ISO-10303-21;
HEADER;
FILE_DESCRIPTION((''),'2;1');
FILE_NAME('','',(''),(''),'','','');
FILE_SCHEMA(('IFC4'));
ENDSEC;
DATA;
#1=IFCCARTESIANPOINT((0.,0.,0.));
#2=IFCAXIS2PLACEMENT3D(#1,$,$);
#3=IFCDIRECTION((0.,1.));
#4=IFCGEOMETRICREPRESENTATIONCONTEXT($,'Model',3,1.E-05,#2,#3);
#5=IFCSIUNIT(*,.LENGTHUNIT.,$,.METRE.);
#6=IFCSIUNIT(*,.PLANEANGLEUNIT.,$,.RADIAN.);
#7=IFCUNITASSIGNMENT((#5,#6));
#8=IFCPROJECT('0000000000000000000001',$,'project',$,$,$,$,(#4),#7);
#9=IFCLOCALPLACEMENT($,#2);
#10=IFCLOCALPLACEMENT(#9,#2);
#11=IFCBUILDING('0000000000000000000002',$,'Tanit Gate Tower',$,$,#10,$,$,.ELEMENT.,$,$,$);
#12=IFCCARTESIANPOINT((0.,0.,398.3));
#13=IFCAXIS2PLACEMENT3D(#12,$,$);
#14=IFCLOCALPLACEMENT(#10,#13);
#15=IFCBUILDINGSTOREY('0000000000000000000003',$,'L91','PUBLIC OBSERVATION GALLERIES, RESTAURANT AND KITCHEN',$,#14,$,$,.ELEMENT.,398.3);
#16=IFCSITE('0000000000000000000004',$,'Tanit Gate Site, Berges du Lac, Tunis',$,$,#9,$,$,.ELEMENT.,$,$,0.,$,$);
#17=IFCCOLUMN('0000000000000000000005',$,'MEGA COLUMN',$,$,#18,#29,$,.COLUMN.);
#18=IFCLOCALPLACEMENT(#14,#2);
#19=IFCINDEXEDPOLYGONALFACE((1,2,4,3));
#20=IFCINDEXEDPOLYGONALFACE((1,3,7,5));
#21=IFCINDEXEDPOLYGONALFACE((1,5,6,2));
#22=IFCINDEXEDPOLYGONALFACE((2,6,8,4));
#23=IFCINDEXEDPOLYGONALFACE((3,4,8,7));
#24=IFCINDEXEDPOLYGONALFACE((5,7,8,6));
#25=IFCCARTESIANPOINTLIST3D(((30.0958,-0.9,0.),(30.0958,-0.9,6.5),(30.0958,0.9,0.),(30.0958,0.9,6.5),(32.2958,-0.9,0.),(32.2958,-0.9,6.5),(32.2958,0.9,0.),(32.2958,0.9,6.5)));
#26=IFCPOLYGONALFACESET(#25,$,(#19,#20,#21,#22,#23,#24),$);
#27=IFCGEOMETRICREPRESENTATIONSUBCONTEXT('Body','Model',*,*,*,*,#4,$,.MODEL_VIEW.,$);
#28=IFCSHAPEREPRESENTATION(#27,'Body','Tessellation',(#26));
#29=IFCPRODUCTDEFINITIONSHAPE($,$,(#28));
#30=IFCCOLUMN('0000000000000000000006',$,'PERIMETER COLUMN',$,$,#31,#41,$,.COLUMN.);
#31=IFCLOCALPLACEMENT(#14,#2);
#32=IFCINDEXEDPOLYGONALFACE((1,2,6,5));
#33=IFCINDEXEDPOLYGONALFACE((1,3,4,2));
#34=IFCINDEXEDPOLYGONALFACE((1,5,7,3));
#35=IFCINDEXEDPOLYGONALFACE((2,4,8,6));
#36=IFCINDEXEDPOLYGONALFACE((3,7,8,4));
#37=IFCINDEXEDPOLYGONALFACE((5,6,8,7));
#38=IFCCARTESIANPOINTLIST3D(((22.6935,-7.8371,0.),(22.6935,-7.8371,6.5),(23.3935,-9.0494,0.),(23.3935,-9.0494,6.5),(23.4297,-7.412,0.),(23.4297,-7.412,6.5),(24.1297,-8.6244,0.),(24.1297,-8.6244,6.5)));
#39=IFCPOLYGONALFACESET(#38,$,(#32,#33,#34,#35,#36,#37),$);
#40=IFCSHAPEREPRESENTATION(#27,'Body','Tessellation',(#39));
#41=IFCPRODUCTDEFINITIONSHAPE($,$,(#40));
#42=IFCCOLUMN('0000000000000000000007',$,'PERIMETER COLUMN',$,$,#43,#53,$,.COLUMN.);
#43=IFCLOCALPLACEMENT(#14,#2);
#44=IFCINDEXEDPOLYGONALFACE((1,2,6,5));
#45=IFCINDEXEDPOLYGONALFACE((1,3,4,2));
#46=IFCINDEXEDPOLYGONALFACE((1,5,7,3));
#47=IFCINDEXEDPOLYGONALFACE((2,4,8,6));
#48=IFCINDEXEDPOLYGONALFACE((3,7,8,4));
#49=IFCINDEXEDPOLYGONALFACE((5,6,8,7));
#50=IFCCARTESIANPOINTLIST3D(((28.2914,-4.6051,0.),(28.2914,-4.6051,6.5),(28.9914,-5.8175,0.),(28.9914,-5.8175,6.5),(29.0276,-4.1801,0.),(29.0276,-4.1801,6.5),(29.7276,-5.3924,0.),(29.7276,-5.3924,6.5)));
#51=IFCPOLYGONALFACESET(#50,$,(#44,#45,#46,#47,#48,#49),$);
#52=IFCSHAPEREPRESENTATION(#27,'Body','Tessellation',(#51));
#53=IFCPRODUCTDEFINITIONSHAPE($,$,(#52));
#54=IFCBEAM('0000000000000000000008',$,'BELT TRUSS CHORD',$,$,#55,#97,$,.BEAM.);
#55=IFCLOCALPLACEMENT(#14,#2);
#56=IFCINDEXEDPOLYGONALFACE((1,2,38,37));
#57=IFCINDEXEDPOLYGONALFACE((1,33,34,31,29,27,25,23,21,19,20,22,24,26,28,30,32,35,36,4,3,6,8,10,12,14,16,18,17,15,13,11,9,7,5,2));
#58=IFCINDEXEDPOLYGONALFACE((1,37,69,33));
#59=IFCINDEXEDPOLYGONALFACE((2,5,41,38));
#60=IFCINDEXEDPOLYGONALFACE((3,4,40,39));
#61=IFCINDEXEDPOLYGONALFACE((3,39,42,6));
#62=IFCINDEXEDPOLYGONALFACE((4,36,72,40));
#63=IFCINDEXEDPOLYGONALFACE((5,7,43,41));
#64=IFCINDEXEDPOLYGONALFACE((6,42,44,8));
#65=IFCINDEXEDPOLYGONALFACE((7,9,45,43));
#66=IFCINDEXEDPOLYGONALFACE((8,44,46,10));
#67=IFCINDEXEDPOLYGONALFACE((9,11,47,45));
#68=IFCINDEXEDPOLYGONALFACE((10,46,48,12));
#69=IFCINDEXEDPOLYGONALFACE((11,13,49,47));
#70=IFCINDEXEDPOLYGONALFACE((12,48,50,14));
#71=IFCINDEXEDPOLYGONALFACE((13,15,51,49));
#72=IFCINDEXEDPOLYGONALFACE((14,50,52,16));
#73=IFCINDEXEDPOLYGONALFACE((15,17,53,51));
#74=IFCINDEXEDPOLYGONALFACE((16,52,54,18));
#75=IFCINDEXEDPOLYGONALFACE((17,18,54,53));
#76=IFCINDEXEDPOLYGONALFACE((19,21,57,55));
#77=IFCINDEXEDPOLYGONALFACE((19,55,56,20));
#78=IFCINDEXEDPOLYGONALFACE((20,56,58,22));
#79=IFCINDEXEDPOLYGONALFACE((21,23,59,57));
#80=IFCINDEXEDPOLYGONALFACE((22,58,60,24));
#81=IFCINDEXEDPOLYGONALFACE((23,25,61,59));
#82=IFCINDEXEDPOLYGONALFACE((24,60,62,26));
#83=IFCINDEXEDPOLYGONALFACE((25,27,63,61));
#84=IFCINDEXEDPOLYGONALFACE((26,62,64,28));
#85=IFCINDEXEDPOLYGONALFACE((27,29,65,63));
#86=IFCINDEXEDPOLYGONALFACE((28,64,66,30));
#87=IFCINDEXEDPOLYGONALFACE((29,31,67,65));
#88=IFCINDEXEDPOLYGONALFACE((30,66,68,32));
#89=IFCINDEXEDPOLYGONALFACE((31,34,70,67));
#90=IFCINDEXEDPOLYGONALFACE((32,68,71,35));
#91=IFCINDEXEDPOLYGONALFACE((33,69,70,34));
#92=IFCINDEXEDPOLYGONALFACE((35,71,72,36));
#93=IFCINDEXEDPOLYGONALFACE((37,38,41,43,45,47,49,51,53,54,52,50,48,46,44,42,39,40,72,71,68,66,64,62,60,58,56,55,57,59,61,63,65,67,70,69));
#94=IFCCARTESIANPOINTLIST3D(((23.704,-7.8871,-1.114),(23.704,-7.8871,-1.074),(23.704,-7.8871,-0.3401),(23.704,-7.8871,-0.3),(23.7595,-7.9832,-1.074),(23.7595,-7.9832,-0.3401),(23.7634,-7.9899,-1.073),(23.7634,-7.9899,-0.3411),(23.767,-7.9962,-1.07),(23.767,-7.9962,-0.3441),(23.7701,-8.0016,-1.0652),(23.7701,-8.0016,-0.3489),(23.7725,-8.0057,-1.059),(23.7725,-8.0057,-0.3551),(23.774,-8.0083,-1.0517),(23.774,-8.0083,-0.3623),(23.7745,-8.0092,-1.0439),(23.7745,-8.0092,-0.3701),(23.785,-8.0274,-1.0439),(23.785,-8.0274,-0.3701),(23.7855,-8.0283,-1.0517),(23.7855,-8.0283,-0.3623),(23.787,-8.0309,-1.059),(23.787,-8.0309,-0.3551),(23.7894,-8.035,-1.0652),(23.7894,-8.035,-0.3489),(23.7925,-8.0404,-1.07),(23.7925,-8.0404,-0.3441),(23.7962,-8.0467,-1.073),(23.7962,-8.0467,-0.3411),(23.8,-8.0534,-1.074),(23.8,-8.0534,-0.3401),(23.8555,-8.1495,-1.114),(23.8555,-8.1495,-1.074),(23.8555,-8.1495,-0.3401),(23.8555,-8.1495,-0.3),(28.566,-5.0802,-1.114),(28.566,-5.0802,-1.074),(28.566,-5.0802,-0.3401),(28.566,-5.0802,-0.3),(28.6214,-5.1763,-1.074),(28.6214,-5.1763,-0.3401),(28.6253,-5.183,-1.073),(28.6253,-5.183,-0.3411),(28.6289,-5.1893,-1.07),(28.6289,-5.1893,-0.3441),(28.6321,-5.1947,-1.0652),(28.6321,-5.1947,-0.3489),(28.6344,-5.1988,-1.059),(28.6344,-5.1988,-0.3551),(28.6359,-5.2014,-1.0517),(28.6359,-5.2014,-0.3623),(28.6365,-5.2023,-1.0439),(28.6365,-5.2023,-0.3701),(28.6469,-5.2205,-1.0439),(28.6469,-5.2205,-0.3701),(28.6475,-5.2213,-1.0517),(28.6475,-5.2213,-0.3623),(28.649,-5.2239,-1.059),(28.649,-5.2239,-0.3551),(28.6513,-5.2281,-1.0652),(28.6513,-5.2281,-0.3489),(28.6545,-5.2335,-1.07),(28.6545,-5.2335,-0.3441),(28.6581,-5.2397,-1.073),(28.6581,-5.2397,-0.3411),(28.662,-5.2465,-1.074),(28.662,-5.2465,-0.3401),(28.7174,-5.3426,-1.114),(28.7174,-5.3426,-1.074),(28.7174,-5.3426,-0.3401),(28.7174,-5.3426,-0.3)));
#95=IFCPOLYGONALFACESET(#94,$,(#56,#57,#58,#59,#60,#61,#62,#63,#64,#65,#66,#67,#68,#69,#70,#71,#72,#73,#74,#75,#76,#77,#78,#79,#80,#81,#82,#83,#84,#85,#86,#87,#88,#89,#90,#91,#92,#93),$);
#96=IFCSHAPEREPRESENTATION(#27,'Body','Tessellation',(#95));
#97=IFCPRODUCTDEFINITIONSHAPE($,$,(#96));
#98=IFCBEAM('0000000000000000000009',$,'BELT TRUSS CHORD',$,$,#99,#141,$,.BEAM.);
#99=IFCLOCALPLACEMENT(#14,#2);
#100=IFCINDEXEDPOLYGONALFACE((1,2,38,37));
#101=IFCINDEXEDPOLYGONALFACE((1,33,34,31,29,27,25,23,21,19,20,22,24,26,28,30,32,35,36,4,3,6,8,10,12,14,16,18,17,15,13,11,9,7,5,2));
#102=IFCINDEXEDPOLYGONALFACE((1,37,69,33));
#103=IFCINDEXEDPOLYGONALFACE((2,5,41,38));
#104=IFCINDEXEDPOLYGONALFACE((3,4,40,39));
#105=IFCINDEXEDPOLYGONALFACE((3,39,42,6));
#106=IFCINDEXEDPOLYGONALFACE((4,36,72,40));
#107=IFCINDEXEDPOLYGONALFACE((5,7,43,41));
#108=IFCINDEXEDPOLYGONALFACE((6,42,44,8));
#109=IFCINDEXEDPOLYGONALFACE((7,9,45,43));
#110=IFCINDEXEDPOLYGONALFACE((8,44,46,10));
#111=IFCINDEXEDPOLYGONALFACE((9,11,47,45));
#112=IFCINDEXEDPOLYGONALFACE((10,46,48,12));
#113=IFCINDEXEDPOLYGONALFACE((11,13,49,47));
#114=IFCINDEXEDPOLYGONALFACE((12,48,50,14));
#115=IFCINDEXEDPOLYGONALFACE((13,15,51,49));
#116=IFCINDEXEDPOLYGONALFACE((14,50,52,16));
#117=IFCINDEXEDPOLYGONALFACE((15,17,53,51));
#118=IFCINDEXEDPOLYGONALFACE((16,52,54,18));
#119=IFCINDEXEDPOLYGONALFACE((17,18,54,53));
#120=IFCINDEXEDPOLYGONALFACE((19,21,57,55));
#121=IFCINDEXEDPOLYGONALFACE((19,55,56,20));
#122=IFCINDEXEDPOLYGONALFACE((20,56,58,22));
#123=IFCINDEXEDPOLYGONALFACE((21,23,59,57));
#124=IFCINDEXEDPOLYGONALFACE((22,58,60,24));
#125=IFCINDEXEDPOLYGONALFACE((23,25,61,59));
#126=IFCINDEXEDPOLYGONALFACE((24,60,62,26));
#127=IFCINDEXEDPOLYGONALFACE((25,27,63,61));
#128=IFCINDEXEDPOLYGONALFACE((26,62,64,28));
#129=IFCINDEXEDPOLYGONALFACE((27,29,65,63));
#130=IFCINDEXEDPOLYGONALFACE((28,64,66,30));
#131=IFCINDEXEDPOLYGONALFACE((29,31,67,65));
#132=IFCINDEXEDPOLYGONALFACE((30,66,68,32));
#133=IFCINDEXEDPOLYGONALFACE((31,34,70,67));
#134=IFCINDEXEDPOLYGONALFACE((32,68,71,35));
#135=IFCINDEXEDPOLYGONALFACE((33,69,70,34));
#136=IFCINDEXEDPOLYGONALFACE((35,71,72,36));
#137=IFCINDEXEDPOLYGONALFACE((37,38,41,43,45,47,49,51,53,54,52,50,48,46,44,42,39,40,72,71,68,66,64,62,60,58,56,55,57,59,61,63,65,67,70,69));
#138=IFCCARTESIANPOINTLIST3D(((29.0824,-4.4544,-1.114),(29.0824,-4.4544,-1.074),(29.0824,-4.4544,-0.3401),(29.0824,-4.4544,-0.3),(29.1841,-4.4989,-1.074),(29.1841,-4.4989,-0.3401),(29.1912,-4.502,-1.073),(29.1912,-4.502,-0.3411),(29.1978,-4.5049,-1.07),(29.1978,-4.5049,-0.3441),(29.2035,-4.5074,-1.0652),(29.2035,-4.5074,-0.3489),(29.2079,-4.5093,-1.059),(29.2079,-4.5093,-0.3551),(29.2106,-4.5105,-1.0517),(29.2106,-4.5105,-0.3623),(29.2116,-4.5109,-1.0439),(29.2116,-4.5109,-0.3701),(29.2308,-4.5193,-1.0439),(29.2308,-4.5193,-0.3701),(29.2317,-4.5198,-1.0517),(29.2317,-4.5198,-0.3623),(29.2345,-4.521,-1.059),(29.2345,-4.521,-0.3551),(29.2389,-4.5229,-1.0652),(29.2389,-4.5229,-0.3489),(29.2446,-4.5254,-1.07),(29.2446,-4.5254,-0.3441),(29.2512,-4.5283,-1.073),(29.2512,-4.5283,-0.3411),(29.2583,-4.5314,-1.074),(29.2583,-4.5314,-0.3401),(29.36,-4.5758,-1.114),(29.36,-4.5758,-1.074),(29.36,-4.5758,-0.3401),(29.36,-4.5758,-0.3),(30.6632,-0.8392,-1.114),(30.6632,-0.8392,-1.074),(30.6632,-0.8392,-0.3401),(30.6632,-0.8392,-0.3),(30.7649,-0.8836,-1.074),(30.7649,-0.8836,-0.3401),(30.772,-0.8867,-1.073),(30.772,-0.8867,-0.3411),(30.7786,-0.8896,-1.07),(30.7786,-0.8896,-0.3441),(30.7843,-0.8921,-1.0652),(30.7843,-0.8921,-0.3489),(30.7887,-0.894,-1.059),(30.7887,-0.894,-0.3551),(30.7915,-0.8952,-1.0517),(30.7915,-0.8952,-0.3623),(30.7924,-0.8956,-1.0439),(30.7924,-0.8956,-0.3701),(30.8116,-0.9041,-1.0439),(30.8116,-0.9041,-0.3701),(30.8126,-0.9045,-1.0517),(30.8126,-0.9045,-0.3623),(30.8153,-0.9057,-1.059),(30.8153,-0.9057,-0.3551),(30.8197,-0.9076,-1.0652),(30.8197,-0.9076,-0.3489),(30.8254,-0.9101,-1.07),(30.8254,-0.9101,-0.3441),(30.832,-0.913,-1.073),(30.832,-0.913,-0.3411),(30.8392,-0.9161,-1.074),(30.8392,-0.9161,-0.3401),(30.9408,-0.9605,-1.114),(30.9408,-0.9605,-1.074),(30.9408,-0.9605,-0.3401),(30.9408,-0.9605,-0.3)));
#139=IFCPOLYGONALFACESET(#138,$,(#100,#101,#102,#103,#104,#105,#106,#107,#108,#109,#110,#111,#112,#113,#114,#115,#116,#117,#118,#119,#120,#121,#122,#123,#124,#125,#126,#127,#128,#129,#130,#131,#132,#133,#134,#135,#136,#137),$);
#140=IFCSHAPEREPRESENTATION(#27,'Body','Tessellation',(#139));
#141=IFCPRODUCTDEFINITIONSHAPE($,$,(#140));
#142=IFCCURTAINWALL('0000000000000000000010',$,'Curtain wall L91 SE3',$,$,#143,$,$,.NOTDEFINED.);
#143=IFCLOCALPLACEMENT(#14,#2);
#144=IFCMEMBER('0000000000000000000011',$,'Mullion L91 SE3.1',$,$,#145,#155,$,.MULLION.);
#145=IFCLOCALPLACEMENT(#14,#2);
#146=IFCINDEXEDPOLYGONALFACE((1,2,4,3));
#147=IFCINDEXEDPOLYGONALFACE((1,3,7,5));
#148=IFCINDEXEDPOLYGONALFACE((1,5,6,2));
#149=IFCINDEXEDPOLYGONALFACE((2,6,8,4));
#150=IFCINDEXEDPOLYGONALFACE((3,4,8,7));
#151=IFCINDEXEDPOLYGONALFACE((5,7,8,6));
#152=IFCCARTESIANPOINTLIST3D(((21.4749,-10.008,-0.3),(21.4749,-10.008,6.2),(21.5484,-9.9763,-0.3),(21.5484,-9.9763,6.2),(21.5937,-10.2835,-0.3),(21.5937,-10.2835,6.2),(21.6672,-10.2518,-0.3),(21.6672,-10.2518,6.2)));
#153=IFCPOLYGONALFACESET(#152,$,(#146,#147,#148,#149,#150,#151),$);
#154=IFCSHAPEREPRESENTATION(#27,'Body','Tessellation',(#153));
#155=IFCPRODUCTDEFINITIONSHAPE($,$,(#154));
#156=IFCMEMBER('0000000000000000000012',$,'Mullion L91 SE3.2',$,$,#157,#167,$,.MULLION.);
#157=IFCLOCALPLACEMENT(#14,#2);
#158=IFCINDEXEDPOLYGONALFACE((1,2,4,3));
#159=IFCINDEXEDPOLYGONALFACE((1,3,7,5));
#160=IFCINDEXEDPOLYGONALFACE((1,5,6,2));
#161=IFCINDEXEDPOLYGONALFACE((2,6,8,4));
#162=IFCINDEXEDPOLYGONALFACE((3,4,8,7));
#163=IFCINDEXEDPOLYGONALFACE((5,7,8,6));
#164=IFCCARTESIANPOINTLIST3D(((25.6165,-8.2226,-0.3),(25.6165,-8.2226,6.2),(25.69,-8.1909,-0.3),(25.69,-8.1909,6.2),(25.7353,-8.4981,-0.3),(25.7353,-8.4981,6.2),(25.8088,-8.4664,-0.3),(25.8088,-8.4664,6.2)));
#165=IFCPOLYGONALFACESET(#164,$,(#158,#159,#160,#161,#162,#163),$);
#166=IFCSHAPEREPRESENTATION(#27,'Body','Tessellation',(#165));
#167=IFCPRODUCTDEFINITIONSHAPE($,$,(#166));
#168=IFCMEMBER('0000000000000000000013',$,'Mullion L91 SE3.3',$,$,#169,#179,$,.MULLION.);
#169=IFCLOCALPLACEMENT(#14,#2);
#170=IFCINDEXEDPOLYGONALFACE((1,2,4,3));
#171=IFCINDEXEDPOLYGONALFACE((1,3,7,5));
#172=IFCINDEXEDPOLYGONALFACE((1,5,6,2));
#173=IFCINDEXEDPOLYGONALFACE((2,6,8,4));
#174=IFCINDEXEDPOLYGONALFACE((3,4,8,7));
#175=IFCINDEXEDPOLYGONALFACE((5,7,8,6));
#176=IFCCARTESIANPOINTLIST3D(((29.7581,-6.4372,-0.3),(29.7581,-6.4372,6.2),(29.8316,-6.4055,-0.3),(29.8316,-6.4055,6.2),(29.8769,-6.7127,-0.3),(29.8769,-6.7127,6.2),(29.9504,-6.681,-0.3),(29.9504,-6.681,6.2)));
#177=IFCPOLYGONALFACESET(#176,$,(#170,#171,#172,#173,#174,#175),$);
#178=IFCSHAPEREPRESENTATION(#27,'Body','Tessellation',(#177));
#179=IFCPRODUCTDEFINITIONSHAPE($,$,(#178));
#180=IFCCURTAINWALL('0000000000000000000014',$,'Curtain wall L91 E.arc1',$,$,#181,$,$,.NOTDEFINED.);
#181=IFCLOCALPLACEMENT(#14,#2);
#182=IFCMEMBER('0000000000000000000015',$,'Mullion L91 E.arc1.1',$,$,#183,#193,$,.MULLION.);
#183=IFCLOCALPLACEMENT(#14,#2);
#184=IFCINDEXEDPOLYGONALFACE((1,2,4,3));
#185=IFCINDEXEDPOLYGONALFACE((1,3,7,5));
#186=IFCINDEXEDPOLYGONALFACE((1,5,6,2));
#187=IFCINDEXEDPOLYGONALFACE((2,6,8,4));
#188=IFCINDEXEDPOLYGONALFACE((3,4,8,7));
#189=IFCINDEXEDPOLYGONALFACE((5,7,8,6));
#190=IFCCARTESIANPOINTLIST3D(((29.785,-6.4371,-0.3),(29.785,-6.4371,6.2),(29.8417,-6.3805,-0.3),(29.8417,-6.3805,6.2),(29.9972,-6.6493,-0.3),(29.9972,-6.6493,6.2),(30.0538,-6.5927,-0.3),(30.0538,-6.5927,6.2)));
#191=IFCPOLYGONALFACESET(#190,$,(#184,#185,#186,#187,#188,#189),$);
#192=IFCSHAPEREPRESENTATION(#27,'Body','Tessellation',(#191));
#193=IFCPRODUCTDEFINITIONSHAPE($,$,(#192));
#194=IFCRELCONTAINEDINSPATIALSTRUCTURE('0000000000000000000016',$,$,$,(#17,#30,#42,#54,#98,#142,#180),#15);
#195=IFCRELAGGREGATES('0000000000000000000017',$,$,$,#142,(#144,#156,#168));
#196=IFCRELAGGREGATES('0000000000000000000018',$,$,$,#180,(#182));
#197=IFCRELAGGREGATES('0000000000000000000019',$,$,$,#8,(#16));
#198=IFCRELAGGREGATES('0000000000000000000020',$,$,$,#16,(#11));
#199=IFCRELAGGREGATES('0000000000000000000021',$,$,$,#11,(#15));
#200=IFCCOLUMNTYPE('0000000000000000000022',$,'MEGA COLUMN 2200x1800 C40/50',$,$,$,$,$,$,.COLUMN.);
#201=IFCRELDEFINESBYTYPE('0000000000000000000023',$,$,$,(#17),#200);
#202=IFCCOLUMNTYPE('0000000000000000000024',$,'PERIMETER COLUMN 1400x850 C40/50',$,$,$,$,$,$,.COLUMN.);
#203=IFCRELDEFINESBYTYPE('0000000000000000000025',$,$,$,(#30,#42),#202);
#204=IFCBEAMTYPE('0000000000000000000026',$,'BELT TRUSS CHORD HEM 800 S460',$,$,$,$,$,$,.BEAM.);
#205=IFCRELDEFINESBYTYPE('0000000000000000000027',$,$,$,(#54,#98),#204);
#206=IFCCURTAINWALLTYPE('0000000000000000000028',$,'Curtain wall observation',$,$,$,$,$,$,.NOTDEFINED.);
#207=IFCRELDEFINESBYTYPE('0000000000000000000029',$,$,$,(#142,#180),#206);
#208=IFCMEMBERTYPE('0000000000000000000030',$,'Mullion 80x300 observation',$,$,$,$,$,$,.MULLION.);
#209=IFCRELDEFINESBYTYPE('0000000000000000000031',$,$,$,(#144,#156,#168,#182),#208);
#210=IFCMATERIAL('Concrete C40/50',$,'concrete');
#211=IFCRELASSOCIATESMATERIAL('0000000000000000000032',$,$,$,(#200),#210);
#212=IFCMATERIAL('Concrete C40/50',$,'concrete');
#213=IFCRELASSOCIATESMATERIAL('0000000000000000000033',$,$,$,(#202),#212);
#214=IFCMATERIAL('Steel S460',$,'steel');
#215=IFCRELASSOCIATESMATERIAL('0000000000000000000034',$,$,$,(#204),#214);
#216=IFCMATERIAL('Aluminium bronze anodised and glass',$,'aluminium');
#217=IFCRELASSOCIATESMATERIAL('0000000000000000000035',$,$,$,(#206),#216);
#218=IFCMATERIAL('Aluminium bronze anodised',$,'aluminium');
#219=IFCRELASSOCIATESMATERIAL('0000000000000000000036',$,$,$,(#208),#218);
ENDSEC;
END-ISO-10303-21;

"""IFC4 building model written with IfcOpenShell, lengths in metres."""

from ifc_helpers import new_model, si_unit, direction, frame, origin, origin_2d, place, context, subcontext, project, spatial, rectangle, i_section, extrude, material, material_profile, profile_set, type_object, element, aggregate, save


model = new_model("IFC4")

# Units and contexts
model_context = context("Model", 3, precision=1e-05, world=origin(), true_north=direction((0.0, 1.0)))
body_context = subcontext(model_context, "Body", "Model", "MODEL_VIEW")
ifc_project = project(units=[si_unit("LENGTHUNIT", "METRE"), si_unit("PLANEANGLEUNIT", "RADIAN")], contexts=[model_context])

# Site, building, storey
site_placement = place(None, origin())
site = spatial("IfcSite", under=ifc_project, at=site_placement, Name="Tanit Gate Site, Berges du Lac, Tunis", CompositionType="ELEMENT", RefElevation=0.0)
building_placement = place(site_placement, origin())
building = spatial("IfcBuilding", under=site, at=building_placement, Name="Tanit Gate Tower", CompositionType="ELEMENT")
storey_placement = place(building_placement, frame((0.0, 0.0, 398.3)))
storey = spatial("IfcBuildingStorey", under=building, at=storey_placement, Name="L91", Description="PUBLIC OBSERVATION GALLERIES, RESTAURANT AND KITCHEN", CompositionType="ELEMENT", Elevation=398.3)

# Columns
ifc_material_1 = material(Name="Concrete C40/50", Category="concrete")
ifc_material_profile_1 = material_profile(ifc_material_1, rectangle(XDim=2.2, YDim=1.8, at=origin_2d()), Name="RC 2200x1800")
ifc_profile_set_1 = profile_set([ifc_material_profile_1], Name="Concrete C40/50")
column_type_1 = type_object("IfcColumnType", Name="MEGA COLUMN 2200x1800 C40/50", PredefinedType="COLUMN", material=ifc_profile_set_1)
column_placement = place(storey_placement, frame((31.1958, 0.0, 0.0), z_axis=(0.0, 0.0, 1.0), x_axis=(1.0, 0.0, 0.0)))
element("IfcColumn", 1, at=column_placement, inside=storey, type_object=column_type_1, Name="MEGA COLUMN", PredefinedType="COLUMN", context=body_context, shape_type="SweptSolid", body=[
    extrude(rectangle(XDim=2.2, YDim=1.8, at=origin_2d()), origin(), (0.0, 0.0, 1.0), 6.5),
])
ifc_material_2 = material(Name="Concrete C40/50", Category="concrete")
ifc_material_profile_2 = material_profile(ifc_material_2, rectangle(XDim=1.3999, YDim=0.8501, at=origin_2d()), Name="RC 1400x850")
ifc_profile_set_2 = profile_set([ifc_material_profile_2], Name="Concrete C40/50")
column_type_2 = type_object("IfcColumnType", Name="PERIMETER COLUMN 1400x850 C40/50", PredefinedType="COLUMN", material=ifc_profile_set_2)
for number, where, z_axis, x_axis, name in (
    (2, (23.4116, -8.2307, 0.0), (0.0, 0.0, 1.0), (0.5, -0.866025, 0.0), "PERIMETER COLUMN"),
    (3, (29.0095, -4.9988, 0.0), (0.0, 0.0, 1.0), (0.5, -0.866025, 0.0), "PERIMETER COLUMN"),
):
    element("IfcColumn", number, at=place(storey_placement, frame(where, z_axis=z_axis, x_axis=x_axis)), inside=storey, type_object=column_type_2, Name=name, PredefinedType="COLUMN", context=body_context, shape_type="SweptSolid", body=[
        extrude(rectangle(XDim=1.3999, YDim=0.8501, at=origin_2d()), origin(), (0.0, 0.0, 1.0), 6.5),
    ])

# Beams
ifc_material_3 = material(Name="Steel S460", Category="steel")
ifc_material_profile_3 = material_profile(ifc_material_3, i_section(OverallWidth=0.303, OverallDepth=0.814, WebThickness=0.021, FlangeThickness=0.04, FilletRadius=0.03, at=origin_2d()), Name="HEM 800")
ifc_profile_set_3 = profile_set([ifc_material_profile_3], Name="Steel S460")
beam_type_1 = type_object("IfcBeamType", Name="BELT TRUSS CHORD HEM 800 S460", PredefinedType="BEAM", material=ifc_profile_set_3)
beam_1_placement = place(storey_placement, frame((23.7798, -8.0183, -0.707), z_axis=(0.866032, 0.499988, 0.0), x_axis=(-0.499988, 0.866032, 0.0)))
element("IfcBeam", 4, at=beam_1_placement, inside=storey, type_object=beam_type_1, Name="BELT TRUSS CHORD", PredefinedType="BEAM", context=body_context, shape_type="SweptSolid", body=[
    extrude(i_section(OverallWidth=0.303, OverallDepth=0.814, WebThickness=0.021, FlangeThickness=0.04, FilletRadius=0.03, at=origin_2d()), origin(), (0.0, 0.0, 1.0), 5.614),
])
beam_2_placement = place(storey_placement, frame((29.2212, -4.5151, -0.707), z_axis=(0.400637, 0.916237, 0.0), x_axis=(-0.916237, 0.400637, 0.0)))
element("IfcBeam", 5, at=beam_2_placement, inside=storey, type_object=beam_type_1, Name="BELT TRUSS CHORD", PredefinedType="BEAM", context=body_context, shape_type="SweptSolid", body=[
    extrude(i_section(OverallWidth=0.303, OverallDepth=0.814, WebThickness=0.021, FlangeThickness=0.04, FilletRadius=0.03, at=origin_2d()), origin(), (0.0, 0.0, 1.0), 3.9458),
])

# Curtain walls, members
ifc_material_4 = material(Name="Aluminium bronze anodised and glass", Category="aluminium")
curtain_wall_type = type_object("IfcCurtainWallType", Name="Curtain wall observation", PredefinedType="NOTDEFINED", material=ifc_material_4)
curtain_wall_1_placement = place(storey_placement, origin())
curtain_wall_1 = element("IfcCurtainWall", 6, at=curtain_wall_1_placement, inside=storey, type_object=curtain_wall_type, Name="Curtain wall L91 SE3", PredefinedType="NOTDEFINED")
ifc_material_5 = material(Name="Aluminium bronze anodised", Category="aluminium")
ifc_material_profile_4 = material_profile(ifc_material_5, rectangle(XDim=0.3, YDim=0.0801, at=origin_2d()), Name="80x300 bronze mullion")
ifc_profile_set_4 = profile_set([ifc_material_profile_4], Name="Aluminium bronze anodised")
member_type_1 = type_object("IfcMemberType", Name="Mullion 80x300 observation", PredefinedType="MULLION", material=ifc_profile_set_4)
member_1_placement = place(storey_placement, frame((21.571, -10.1299, -0.3), z_axis=(0.0, 0.0, 1.0), x_axis=(-0.395871, 0.918306, 0.0)))
member_1 = element("IfcMember", 7, at=member_1_placement, type_object=member_type_1, Name="Mullion L91 SE3.1", PredefinedType="MULLION", context=body_context, shape_type="SweptSolid", body=[
    extrude(rectangle(XDim=0.3, YDim=0.0801, at=origin_2d()), origin(), (0.0, 0.0, 1.0), 6.5),
])
member_2_placement = place(storey_placement, frame((25.7126, -8.3445, -0.3), z_axis=(0.0, 0.0, 1.0), x_axis=(-0.395871, 0.918306, 0.0)))
member_2 = element("IfcMember", 8, at=member_2_placement, type_object=member_type_1, Name="Mullion L91 SE3.2", PredefinedType="MULLION", context=body_context, shape_type="SweptSolid", body=[
    extrude(rectangle(XDim=0.3, YDim=0.0801, at=origin_2d()), origin(), (0.0, 0.0, 1.0), 6.5),
])
member_3_placement = place(storey_placement, frame((29.8542, -6.5591, -0.3), z_axis=(0.0, 0.0, 1.0), x_axis=(-0.395871, 0.918306, 0.0)))
member_3 = element("IfcMember", 9, at=member_3_placement, type_object=member_type_1, Name="Mullion L91 SE3.3", PredefinedType="MULLION", context=body_context, shape_type="SweptSolid", body=[
    extrude(rectangle(XDim=0.3, YDim=0.0801, at=origin_2d()), origin(), (0.0, 0.0, 1.0), 6.5),
])
curtain_wall_2_placement = place(storey_placement, origin())
curtain_wall_2 = element("IfcCurtainWall", 10, at=curtain_wall_2_placement, inside=storey, type_object=curtain_wall_type, Name="Curtain wall L91 E.arc1", PredefinedType="NOTDEFINED")
member_4_placement = place(storey_placement, frame((29.9194, -6.5149, -0.3), z_axis=(0.0, 0.0, 1.0), x_axis=(-0.707107, 0.707107, 0.0)))
member_4 = element("IfcMember", 11, at=member_4_placement, type_object=member_type_1, Name="Mullion L91 E.arc1.1", PredefinedType="MULLION", context=body_context, shape_type="SweptSolid", body=[
    extrude(rectangle(XDim=0.3, YDim=0.0801, at=origin_2d()), origin(), (0.0, 0.0, 1.0), 6.5),
])

aggregate(curtain_wall_1, [member_1, member_2, member_3])
aggregate(curtain_wall_2, [member_4])

save(model, "model.ifc")
